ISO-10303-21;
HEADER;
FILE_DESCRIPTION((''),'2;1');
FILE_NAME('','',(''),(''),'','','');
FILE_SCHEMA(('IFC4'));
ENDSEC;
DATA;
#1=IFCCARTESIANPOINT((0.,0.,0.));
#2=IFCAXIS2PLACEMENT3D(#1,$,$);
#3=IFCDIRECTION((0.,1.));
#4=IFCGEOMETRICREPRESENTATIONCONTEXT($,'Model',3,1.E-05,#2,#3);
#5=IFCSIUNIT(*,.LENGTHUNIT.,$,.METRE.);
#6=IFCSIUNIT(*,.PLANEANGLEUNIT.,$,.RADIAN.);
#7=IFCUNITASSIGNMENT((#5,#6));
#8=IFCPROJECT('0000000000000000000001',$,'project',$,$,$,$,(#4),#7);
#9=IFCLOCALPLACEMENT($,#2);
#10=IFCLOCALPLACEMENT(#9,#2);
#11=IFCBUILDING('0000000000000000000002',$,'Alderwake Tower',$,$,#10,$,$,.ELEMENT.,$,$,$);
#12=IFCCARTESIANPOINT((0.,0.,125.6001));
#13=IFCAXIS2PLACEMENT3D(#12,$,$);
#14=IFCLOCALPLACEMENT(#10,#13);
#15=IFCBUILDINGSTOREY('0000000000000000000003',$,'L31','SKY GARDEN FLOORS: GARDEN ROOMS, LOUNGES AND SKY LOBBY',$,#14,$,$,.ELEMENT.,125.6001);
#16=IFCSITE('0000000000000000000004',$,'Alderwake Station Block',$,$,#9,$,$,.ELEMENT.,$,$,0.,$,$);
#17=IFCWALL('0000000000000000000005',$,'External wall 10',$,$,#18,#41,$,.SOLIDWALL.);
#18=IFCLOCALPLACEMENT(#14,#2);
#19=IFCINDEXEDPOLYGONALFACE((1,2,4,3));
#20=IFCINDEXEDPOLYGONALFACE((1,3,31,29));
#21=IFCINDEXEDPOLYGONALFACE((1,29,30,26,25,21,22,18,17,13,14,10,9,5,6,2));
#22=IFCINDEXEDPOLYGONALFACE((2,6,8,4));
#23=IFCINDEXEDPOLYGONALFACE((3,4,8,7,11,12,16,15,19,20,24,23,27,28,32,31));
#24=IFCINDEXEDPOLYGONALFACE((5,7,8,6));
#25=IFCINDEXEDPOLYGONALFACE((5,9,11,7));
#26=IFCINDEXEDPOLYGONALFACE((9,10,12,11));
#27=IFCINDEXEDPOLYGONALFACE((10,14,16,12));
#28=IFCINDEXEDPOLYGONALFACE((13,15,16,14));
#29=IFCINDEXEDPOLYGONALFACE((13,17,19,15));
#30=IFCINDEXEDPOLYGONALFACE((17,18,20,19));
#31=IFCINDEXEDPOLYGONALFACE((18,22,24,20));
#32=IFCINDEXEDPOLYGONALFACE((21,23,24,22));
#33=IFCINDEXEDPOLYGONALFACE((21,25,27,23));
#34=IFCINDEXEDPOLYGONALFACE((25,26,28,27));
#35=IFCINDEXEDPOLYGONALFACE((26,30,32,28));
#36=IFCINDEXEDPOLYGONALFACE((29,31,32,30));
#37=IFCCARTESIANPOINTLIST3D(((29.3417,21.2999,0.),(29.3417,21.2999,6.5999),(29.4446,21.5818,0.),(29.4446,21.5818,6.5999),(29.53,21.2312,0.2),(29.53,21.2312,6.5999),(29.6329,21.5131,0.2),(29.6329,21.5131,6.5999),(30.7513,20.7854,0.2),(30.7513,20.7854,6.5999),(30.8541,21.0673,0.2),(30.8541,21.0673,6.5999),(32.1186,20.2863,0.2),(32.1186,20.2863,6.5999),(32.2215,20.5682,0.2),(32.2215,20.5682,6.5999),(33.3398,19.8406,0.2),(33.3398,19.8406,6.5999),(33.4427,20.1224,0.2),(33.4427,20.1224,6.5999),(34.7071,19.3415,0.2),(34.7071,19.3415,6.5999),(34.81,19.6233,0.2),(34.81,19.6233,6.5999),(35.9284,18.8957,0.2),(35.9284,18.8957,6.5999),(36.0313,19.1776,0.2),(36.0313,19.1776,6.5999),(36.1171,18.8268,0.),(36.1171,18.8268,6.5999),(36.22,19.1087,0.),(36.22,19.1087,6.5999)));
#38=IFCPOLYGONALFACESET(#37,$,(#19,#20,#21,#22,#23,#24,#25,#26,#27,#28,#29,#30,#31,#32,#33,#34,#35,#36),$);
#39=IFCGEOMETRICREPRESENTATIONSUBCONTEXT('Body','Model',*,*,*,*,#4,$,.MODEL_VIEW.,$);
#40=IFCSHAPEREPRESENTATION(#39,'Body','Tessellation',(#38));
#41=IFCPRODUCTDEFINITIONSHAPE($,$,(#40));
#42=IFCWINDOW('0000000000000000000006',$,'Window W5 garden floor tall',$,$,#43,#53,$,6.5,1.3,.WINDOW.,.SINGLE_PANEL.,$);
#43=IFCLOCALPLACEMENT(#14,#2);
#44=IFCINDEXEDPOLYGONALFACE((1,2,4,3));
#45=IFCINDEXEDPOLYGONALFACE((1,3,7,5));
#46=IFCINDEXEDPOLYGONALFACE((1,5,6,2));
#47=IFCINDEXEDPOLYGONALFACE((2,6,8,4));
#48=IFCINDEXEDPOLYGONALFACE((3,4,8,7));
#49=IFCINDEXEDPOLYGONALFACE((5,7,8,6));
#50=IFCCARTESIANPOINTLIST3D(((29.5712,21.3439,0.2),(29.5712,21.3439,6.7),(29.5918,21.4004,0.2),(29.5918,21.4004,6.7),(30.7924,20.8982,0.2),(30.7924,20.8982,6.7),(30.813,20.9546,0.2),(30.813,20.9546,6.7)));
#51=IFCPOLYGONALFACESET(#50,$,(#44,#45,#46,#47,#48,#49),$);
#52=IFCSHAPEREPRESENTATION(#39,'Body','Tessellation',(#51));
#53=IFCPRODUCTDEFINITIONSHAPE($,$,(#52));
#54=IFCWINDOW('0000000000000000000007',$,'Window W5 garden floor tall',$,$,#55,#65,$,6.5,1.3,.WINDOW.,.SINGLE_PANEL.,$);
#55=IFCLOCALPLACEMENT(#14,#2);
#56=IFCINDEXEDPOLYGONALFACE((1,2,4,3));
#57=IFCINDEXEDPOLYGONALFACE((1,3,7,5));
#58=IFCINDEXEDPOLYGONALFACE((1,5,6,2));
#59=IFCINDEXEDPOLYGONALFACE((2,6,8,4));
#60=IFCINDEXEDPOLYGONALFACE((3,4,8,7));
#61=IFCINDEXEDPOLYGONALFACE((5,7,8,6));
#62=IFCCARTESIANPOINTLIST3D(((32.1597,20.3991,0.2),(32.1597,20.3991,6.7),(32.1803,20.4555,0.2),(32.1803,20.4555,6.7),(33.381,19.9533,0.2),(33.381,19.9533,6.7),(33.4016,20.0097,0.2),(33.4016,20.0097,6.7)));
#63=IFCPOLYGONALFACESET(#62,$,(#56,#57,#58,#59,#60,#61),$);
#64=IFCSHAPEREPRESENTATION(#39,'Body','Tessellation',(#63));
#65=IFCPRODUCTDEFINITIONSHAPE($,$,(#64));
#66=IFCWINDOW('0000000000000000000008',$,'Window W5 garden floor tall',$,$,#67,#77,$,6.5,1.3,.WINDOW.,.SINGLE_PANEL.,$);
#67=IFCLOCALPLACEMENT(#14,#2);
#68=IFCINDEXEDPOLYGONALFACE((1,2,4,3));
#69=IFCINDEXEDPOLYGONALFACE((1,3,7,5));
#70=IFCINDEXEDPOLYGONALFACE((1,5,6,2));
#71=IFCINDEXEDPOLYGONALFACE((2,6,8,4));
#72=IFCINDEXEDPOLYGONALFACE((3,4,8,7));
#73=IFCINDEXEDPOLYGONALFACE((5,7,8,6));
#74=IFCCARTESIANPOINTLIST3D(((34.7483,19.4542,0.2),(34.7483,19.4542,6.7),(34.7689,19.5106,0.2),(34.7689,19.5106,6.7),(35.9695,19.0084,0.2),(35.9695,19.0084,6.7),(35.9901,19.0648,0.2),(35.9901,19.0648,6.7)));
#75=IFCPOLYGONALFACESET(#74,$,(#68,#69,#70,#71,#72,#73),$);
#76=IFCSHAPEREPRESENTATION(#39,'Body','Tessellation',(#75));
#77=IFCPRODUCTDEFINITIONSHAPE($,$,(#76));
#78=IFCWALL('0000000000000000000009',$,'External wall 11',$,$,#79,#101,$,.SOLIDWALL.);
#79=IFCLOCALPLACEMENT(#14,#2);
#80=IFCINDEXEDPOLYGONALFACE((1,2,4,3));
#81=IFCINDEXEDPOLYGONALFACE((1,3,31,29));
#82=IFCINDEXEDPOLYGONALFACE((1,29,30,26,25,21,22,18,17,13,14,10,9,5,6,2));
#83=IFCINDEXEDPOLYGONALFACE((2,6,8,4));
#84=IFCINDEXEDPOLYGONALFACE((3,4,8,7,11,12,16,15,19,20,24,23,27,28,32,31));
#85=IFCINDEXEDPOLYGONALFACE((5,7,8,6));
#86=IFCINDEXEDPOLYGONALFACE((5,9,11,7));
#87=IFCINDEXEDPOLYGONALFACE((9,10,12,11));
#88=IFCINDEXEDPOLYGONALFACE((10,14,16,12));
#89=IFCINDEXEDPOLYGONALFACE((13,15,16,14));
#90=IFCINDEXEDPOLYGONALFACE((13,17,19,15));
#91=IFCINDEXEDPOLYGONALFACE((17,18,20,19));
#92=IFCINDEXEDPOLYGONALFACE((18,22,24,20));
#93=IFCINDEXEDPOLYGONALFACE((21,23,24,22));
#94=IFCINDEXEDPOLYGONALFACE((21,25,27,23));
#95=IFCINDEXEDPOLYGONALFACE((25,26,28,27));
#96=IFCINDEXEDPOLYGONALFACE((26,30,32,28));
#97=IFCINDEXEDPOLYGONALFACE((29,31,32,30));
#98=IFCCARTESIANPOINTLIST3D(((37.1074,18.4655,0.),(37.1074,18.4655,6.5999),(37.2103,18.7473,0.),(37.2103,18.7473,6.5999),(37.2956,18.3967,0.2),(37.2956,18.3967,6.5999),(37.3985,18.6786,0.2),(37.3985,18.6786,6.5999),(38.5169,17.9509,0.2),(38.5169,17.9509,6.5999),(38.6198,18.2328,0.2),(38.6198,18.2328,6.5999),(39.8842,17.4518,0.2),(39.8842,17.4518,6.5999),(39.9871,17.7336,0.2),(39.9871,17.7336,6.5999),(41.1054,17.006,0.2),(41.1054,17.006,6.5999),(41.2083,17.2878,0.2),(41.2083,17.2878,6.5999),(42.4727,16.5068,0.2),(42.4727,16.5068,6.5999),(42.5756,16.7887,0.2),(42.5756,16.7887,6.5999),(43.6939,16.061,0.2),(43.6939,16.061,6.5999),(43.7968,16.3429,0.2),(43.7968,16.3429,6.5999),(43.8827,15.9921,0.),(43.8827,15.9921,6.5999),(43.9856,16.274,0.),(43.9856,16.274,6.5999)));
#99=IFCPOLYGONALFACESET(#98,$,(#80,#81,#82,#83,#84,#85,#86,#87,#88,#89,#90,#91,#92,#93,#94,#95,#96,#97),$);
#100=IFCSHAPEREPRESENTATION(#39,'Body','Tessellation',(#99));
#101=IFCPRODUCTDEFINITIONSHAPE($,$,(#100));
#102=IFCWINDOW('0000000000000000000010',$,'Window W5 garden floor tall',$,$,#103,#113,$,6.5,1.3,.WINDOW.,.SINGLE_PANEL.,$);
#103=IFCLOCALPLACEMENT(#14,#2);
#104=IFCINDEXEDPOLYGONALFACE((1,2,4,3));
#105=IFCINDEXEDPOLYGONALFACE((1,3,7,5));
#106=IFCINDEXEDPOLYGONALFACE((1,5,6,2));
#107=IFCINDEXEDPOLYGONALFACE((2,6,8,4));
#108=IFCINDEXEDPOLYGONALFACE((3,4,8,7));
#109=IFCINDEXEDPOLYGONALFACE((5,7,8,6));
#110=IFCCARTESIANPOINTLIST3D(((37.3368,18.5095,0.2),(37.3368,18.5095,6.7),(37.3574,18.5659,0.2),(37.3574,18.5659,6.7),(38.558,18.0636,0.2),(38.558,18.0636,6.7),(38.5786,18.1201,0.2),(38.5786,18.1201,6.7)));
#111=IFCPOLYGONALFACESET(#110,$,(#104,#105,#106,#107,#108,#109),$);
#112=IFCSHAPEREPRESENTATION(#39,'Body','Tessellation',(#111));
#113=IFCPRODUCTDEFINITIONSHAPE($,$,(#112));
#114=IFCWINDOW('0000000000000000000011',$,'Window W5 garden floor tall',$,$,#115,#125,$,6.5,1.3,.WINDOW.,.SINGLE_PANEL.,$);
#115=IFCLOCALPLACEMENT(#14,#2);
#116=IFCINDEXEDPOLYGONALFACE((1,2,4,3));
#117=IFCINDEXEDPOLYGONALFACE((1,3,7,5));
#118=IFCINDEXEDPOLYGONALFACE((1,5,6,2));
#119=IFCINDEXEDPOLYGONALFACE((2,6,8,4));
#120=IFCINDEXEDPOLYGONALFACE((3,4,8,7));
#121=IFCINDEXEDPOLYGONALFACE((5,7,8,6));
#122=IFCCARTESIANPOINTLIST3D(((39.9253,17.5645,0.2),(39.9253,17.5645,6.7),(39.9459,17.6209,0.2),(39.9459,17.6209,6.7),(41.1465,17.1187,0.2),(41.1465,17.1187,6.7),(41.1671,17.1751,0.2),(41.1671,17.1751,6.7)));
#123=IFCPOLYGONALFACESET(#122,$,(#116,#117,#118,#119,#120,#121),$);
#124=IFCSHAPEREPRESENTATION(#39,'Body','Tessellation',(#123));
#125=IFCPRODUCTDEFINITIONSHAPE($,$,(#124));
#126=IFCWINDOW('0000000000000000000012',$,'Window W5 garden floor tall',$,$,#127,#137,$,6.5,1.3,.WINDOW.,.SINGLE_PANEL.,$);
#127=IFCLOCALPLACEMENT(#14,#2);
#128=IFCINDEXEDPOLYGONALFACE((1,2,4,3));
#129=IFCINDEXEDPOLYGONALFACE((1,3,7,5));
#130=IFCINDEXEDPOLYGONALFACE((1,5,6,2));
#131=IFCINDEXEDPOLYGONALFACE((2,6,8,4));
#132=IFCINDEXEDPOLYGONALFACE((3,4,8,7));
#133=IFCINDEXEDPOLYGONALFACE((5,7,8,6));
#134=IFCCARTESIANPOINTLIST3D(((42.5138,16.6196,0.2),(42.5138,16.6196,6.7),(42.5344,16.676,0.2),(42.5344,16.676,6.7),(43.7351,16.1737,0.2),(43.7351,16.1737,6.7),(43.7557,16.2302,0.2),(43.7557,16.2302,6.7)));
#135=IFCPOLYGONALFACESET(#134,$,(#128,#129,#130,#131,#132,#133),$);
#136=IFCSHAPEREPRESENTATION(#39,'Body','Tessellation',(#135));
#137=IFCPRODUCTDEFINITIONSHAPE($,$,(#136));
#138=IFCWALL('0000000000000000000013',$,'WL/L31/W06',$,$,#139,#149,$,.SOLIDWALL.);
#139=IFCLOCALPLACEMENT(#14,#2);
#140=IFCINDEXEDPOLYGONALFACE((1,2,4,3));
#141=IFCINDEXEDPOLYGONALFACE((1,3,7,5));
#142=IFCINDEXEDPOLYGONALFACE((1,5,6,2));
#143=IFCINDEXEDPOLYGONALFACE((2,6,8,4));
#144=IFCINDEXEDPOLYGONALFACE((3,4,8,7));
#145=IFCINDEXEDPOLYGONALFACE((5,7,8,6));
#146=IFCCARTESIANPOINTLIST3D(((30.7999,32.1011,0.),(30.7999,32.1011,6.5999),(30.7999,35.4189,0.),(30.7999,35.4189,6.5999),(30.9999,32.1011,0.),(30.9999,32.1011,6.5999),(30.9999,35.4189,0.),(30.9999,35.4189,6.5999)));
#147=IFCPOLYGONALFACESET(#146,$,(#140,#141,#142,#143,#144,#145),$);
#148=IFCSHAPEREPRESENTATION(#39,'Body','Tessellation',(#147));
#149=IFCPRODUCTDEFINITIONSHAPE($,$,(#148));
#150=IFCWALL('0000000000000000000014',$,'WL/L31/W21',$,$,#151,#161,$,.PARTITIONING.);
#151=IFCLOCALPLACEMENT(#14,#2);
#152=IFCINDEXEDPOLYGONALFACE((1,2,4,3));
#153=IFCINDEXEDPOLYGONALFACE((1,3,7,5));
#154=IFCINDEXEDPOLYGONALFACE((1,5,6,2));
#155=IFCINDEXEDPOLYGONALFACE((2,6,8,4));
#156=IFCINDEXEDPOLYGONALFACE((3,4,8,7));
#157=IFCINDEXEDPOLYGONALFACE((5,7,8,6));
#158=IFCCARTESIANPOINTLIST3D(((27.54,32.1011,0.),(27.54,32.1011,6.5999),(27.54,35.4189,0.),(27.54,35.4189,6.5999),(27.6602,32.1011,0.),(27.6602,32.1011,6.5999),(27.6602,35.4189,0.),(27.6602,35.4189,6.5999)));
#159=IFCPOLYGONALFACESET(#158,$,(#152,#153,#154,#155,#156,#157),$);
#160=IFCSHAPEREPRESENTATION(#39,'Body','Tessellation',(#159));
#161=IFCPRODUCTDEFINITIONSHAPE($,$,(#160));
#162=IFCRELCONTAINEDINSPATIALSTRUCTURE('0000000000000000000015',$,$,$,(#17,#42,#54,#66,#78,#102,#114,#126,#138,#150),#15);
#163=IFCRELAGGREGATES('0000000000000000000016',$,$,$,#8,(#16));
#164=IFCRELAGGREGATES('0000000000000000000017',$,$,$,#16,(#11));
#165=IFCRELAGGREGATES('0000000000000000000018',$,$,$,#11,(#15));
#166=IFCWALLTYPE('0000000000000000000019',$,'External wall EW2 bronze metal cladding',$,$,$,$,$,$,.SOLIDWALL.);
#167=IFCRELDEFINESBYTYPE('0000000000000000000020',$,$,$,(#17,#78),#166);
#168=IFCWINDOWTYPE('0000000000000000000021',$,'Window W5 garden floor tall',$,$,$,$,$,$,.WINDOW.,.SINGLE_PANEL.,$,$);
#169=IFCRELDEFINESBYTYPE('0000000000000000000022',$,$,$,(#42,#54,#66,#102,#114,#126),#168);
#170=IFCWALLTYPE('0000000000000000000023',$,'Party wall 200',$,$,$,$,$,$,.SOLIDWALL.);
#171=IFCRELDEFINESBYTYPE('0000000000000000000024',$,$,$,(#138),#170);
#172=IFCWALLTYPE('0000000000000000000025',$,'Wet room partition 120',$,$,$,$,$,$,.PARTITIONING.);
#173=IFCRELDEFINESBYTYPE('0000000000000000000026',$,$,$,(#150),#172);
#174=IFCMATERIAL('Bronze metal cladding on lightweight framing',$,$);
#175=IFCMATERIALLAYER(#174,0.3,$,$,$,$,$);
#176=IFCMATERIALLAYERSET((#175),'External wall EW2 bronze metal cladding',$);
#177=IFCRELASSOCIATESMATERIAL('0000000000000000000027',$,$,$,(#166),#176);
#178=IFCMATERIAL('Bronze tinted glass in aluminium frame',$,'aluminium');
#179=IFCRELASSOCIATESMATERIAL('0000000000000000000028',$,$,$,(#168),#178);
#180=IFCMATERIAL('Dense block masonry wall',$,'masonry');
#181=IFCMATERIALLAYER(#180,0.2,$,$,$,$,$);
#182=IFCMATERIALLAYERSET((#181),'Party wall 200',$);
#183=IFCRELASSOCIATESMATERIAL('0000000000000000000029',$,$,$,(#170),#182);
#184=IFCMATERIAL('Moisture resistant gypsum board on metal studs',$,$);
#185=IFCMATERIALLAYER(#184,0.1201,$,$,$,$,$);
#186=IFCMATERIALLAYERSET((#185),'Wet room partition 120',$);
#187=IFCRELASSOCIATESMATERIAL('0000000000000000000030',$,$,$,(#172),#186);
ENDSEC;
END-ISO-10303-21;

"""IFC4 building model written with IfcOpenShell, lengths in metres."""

from ifc_helpers import new_model, si_unit, direction, frame, frame_2d, origin, place, context, subcontext, project, spatial, rectangle, extrude, material, layer, layer_set, type_object, element, fill, save


model = new_model("IFC4")

# Units and contexts
model_context = context("Model", 3, precision=1e-05, world=origin(), true_north=direction((0.0, 1.0)))
body_context = subcontext(model_context, "Body", "Model", "MODEL_VIEW")
ifc_project = project(units=[si_unit("LENGTHUNIT", "METRE"), si_unit("PLANEANGLEUNIT", "RADIAN")], contexts=[model_context])

# Site, building, storey
site_placement = place(None, origin())
site = spatial("IfcSite", under=ifc_project, at=site_placement, Name="Alderwake Station Block", CompositionType="ELEMENT", RefElevation=0.0)
building_placement = place(site_placement, origin())
building = spatial("IfcBuilding", under=site, at=building_placement, Name="Alderwake Tower", CompositionType="ELEMENT")
storey_placement = place(building_placement, frame((0.0, 0.0, 125.6001)))
storey = spatial("IfcBuildingStorey", under=building, at=storey_placement, Name="L31", Description="SKY GARDEN FLOORS: GARDEN ROOMS, LOUNGES AND SKY LOBBY", CompositionType="ELEMENT", Elevation=125.6001)

# Walls, openings, windows
ifc_material_1 = material(Name="Bronze metal cladding on lightweight framing")
ifc_layer_1 = layer(ifc_material_1, 0.3)
ifc_layer_set_1 = layer_set([ifc_layer_1], Name="External wall EW2 bronze metal cladding")
wall_type_1 = type_object("IfcWallType", Name="External wall EW2 bronze metal cladding", PredefinedType="SOLIDWALL", material=ifc_layer_set_1)
wall_1_placement = place(storey_placement, frame((29.3931, 21.4409, 0.0), z_axis=(0.0, 0.0, 1.0), x_axis=(0.939376, -0.34289, 0.0)))
wall_1 = element("IfcWall", 1, at=wall_1_placement, inside=storey, type_object=wall_type_1, Name="External wall 10", PredefinedType="SOLIDWALL", context=body_context, shape_type="SweptSolid", body=[
    extrude(rectangle(XDim=7.2126, YDim=0.3, at=frame_2d((3.6064, 0.0))), origin(), (0.0, 0.0, 1.0), 6.5999),
])
opening_1_placement = place(wall_1_placement, frame((0.2007, 0.0, 0.2)))
opening_1 = element("IfcOpeningElement", 2, at=opening_1_placement, cuts=wall_1, PredefinedType="OPENING", context=body_context, shape_type="SweptSolid", body=[
    extrude(rectangle(XDim=1.3, YDim=6.5, at=frame_2d((0.6499, 3.25))), frame((0.0, 0.1599, 0.0), z_axis=(0.0, -1.0, 0.0), x_axis=(1.0, 0.0, 0.0)), (0.0, 0.0, 1.0), 0.3201),
])
opening_2_placement = place(wall_1_placement, frame((2.9563, 0.0, 0.2)))
opening_2 = element("IfcOpeningElement", 3, at=opening_2_placement, cuts=wall_1, PredefinedType="OPENING", context=body_context, shape_type="SweptSolid", body=[
    extrude(rectangle(XDim=1.3, YDim=6.5, at=frame_2d((0.6499, 3.25))), frame((0.0, 0.1599, 0.0), z_axis=(0.0, -1.0, 0.0), x_axis=(1.0, 0.0, 0.0)), (0.0, 0.0, 1.0), 0.3201),
])
opening_3_placement = place(wall_1_placement, frame((5.7119, 0.0, 0.2)))
opening_3 = element("IfcOpeningElement", 4, at=opening_3_placement, cuts=wall_1, PredefinedType="OPENING", context=body_context, shape_type="SweptSolid", body=[
    extrude(rectangle(XDim=1.3, YDim=6.5, at=frame_2d((0.6499, 3.25))), frame((0.0, 0.1599, 0.0), z_axis=(0.0, -1.0, 0.0), x_axis=(1.0, 0.0, 0.0)), (0.0, 0.0, 1.0), 0.3201),
])
ifc_material_2 = material(Name="Bronze tinted glass in aluminium frame", Category="aluminium")
window_type = type_object("IfcWindowType", Name="Window W5 garden floor tall", PartitioningType="SINGLE_PANEL", PredefinedType="WINDOW", material=ifc_material_2)
window_1_placement = place(opening_1_placement, origin())
window_1 = element("IfcWindow", 5, at=window_1_placement, inside=storey, type_object=window_type, Name="Window W5 garden floor tall", OverallHeight=6.5, OverallWidth=1.3, PartitioningType="SINGLE_PANEL", PredefinedType="WINDOW", context=body_context, shape_type="SweptSolid", body=[
    extrude(rectangle(XDim=1.3, YDim=6.5, at=frame_2d((0.6499, 3.25))), frame((0.0, 0.03, 0.0), z_axis=(0.0, -1.0, 0.0), x_axis=(1.0, 0.0, 0.0)), (0.0, 0.0, 1.0), 0.0601),
])
fill(opening_1, window_1)
window_2_placement = place(opening_2_placement, origin())
window_2 = element("IfcWindow", 6, at=window_2_placement, inside=storey, type_object=window_type, Name="Window W5 garden floor tall", OverallHeight=6.5, OverallWidth=1.3, PartitioningType="SINGLE_PANEL", PredefinedType="WINDOW", context=body_context, shape_type="SweptSolid", body=[
    extrude(rectangle(XDim=1.3, YDim=6.5, at=frame_2d((0.6499, 3.25))), frame((0.0, 0.03, 0.0), z_axis=(0.0, -1.0, 0.0), x_axis=(1.0, 0.0, 0.0)), (0.0, 0.0, 1.0), 0.0601),
])
fill(opening_2, window_2)
window_3_placement = place(opening_3_placement, origin())
window_3 = element("IfcWindow", 7, at=window_3_placement, inside=storey, type_object=window_type, Name="Window W5 garden floor tall", OverallHeight=6.5, OverallWidth=1.3, PartitioningType="SINGLE_PANEL", PredefinedType="WINDOW", context=body_context, shape_type="SweptSolid", body=[
    extrude(rectangle(XDim=1.3, YDim=6.5, at=frame_2d((0.6499, 3.25))), frame((0.0, 0.03, 0.0), z_axis=(0.0, -1.0, 0.0), x_axis=(1.0, 0.0, 0.0)), (0.0, 0.0, 1.0), 0.0601),
])
fill(opening_3, window_3)
wall_2_placement = place(storey_placement, frame((37.1587, 18.6064, 0.0), z_axis=(0.0, 0.0, 1.0), x_axis=(0.939365, -0.34292, 0.0)))
wall_2 = element("IfcWall", 8, at=wall_2_placement, inside=storey, type_object=wall_type_1, Name="External wall 11", PredefinedType="SOLIDWALL", context=body_context, shape_type="SweptSolid", body=[
    extrude(rectangle(XDim=7.2126, YDim=0.3, at=frame_2d((3.6064, 0.0))), origin(), (0.0, 0.0, 1.0), 6.5999),
])
opening_4_placement = place(wall_2_placement, frame((0.2007, 0.0, 0.2)))
opening_4 = element("IfcOpeningElement", 9, at=opening_4_placement, cuts=wall_2, PredefinedType="OPENING", context=body_context, shape_type="SweptSolid", body=[
    extrude(rectangle(XDim=1.3, YDim=6.5, at=frame_2d((0.6499, 3.25))), frame((0.0, 0.1599, 0.0), z_axis=(0.0, -1.0, 0.0), x_axis=(1.0, 0.0, 0.0)), (0.0, 0.0, 1.0), 0.3201),
])
opening_5_placement = place(wall_2_placement, frame((2.9563, 0.0, 0.2)))
opening_5 = element("IfcOpeningElement", 10, at=opening_5_placement, cuts=wall_2, PredefinedType="OPENING", context=body_context, shape_type="SweptSolid", body=[
    extrude(rectangle(XDim=1.3, YDim=6.5, at=frame_2d((0.6499, 3.25))), frame((0.0, 0.1599, 0.0), z_axis=(0.0, -1.0, 0.0), x_axis=(1.0, 0.0, 0.0)), (0.0, 0.0, 1.0), 0.3201),
])
opening_6_placement = place(wall_2_placement, frame((5.7119, 0.0, 0.2)))
opening_6 = element("IfcOpeningElement", 11, at=opening_6_placement, cuts=wall_2, PredefinedType="OPENING", context=body_context, shape_type="SweptSolid", body=[
    extrude(rectangle(XDim=1.3, YDim=6.5, at=frame_2d((0.6499, 3.25))), frame((0.0, 0.1599, 0.0), z_axis=(0.0, -1.0, 0.0), x_axis=(1.0, 0.0, 0.0)), (0.0, 0.0, 1.0), 0.3201),
])
window_4_placement = place(opening_4_placement, origin())
window_4 = element("IfcWindow", 12, at=window_4_placement, inside=storey, type_object=window_type, Name="Window W5 garden floor tall", OverallHeight=6.5, OverallWidth=1.3, PartitioningType="SINGLE_PANEL", PredefinedType="WINDOW", context=body_context, shape_type="SweptSolid", body=[
    extrude(rectangle(XDim=1.3, YDim=6.5, at=frame_2d((0.6499, 3.25))), frame((0.0, 0.03, 0.0), z_axis=(0.0, -1.0, 0.0), x_axis=(1.0, 0.0, 0.0)), (0.0, 0.0, 1.0), 0.0601),
])
fill(opening_4, window_4)
window_5_placement = place(opening_5_placement, origin())
window_5 = element("IfcWindow", 13, at=window_5_placement, inside=storey, type_object=window_type, Name="Window W5 garden floor tall", OverallHeight=6.5, OverallWidth=1.3, PartitioningType="SINGLE_PANEL", PredefinedType="WINDOW", context=body_context, shape_type="SweptSolid", body=[
    extrude(rectangle(XDim=1.3, YDim=6.5, at=frame_2d((0.6499, 3.25))), frame((0.0, 0.03, 0.0), z_axis=(0.0, -1.0, 0.0), x_axis=(1.0, 0.0, 0.0)), (0.0, 0.0, 1.0), 0.0601),
])
fill(opening_5, window_5)
window_6_placement = place(opening_6_placement, origin())
window_6 = element("IfcWindow", 14, at=window_6_placement, inside=storey, type_object=window_type, Name="Window W5 garden floor tall", OverallHeight=6.5, OverallWidth=1.3, PartitioningType="SINGLE_PANEL", PredefinedType="WINDOW", context=body_context, shape_type="SweptSolid", body=[
    extrude(rectangle(XDim=1.3, YDim=6.5, at=frame_2d((0.6499, 3.25))), frame((0.0, 0.03, 0.0), z_axis=(0.0, -1.0, 0.0), x_axis=(1.0, 0.0, 0.0)), (0.0, 0.0, 1.0), 0.0601),
])
fill(opening_6, window_6)

# Walls
ifc_material_3 = material(Name="Dense block masonry wall", Category="masonry")
ifc_layer_2 = layer(ifc_material_3, 0.2)
ifc_layer_set_2 = layer_set([ifc_layer_2], Name="Party wall 200")
wall_type_2 = type_object("IfcWallType", Name="Party wall 200", PredefinedType="SOLIDWALL", material=ifc_layer_set_2)
wall_3_placement = place(storey_placement, frame((30.8999, 32.1011, 0.0), z_axis=(0.0, 0.0, 1.0), x_axis=(0.0, 1.0, 0.0)))
element("IfcWall", 15, at=wall_3_placement, inside=storey, type_object=wall_type_2, Name="WL/L31/W06", PredefinedType="SOLIDWALL", context=body_context, shape_type="SweptSolid", body=[
    extrude(rectangle(XDim=3.3179, YDim=0.2, at=frame_2d((1.6589, 0.0))), origin(), (0.0, 0.0, 1.0), 6.5999),
])
ifc_material_4 = material(Name="Moisture resistant gypsum board on metal studs")
ifc_layer_3 = layer(ifc_material_4, 0.1201)
ifc_layer_set_3 = layer_set([ifc_layer_3], Name="Wet room partition 120")
wall_type_3 = type_object("IfcWallType", Name="Wet room partition 120", PredefinedType="PARTITIONING", material=ifc_layer_set_3)
wall_4_placement = place(storey_placement, frame((27.6001, 32.1011, 0.0), z_axis=(0.0, 0.0, 1.0), x_axis=(0.0, 1.0, 0.0)))
element("IfcWall", 16, at=wall_4_placement, inside=storey, type_object=wall_type_3, Name="WL/L31/W21", PredefinedType="PARTITIONING", context=body_context, shape_type="SweptSolid", body=[
    extrude(rectangle(XDim=3.3179, YDim=0.1201, at=frame_2d((1.6589, 0.0))), origin(), (0.0, 0.0, 1.0), 6.5999),
])

save(model, "model.ifc")
